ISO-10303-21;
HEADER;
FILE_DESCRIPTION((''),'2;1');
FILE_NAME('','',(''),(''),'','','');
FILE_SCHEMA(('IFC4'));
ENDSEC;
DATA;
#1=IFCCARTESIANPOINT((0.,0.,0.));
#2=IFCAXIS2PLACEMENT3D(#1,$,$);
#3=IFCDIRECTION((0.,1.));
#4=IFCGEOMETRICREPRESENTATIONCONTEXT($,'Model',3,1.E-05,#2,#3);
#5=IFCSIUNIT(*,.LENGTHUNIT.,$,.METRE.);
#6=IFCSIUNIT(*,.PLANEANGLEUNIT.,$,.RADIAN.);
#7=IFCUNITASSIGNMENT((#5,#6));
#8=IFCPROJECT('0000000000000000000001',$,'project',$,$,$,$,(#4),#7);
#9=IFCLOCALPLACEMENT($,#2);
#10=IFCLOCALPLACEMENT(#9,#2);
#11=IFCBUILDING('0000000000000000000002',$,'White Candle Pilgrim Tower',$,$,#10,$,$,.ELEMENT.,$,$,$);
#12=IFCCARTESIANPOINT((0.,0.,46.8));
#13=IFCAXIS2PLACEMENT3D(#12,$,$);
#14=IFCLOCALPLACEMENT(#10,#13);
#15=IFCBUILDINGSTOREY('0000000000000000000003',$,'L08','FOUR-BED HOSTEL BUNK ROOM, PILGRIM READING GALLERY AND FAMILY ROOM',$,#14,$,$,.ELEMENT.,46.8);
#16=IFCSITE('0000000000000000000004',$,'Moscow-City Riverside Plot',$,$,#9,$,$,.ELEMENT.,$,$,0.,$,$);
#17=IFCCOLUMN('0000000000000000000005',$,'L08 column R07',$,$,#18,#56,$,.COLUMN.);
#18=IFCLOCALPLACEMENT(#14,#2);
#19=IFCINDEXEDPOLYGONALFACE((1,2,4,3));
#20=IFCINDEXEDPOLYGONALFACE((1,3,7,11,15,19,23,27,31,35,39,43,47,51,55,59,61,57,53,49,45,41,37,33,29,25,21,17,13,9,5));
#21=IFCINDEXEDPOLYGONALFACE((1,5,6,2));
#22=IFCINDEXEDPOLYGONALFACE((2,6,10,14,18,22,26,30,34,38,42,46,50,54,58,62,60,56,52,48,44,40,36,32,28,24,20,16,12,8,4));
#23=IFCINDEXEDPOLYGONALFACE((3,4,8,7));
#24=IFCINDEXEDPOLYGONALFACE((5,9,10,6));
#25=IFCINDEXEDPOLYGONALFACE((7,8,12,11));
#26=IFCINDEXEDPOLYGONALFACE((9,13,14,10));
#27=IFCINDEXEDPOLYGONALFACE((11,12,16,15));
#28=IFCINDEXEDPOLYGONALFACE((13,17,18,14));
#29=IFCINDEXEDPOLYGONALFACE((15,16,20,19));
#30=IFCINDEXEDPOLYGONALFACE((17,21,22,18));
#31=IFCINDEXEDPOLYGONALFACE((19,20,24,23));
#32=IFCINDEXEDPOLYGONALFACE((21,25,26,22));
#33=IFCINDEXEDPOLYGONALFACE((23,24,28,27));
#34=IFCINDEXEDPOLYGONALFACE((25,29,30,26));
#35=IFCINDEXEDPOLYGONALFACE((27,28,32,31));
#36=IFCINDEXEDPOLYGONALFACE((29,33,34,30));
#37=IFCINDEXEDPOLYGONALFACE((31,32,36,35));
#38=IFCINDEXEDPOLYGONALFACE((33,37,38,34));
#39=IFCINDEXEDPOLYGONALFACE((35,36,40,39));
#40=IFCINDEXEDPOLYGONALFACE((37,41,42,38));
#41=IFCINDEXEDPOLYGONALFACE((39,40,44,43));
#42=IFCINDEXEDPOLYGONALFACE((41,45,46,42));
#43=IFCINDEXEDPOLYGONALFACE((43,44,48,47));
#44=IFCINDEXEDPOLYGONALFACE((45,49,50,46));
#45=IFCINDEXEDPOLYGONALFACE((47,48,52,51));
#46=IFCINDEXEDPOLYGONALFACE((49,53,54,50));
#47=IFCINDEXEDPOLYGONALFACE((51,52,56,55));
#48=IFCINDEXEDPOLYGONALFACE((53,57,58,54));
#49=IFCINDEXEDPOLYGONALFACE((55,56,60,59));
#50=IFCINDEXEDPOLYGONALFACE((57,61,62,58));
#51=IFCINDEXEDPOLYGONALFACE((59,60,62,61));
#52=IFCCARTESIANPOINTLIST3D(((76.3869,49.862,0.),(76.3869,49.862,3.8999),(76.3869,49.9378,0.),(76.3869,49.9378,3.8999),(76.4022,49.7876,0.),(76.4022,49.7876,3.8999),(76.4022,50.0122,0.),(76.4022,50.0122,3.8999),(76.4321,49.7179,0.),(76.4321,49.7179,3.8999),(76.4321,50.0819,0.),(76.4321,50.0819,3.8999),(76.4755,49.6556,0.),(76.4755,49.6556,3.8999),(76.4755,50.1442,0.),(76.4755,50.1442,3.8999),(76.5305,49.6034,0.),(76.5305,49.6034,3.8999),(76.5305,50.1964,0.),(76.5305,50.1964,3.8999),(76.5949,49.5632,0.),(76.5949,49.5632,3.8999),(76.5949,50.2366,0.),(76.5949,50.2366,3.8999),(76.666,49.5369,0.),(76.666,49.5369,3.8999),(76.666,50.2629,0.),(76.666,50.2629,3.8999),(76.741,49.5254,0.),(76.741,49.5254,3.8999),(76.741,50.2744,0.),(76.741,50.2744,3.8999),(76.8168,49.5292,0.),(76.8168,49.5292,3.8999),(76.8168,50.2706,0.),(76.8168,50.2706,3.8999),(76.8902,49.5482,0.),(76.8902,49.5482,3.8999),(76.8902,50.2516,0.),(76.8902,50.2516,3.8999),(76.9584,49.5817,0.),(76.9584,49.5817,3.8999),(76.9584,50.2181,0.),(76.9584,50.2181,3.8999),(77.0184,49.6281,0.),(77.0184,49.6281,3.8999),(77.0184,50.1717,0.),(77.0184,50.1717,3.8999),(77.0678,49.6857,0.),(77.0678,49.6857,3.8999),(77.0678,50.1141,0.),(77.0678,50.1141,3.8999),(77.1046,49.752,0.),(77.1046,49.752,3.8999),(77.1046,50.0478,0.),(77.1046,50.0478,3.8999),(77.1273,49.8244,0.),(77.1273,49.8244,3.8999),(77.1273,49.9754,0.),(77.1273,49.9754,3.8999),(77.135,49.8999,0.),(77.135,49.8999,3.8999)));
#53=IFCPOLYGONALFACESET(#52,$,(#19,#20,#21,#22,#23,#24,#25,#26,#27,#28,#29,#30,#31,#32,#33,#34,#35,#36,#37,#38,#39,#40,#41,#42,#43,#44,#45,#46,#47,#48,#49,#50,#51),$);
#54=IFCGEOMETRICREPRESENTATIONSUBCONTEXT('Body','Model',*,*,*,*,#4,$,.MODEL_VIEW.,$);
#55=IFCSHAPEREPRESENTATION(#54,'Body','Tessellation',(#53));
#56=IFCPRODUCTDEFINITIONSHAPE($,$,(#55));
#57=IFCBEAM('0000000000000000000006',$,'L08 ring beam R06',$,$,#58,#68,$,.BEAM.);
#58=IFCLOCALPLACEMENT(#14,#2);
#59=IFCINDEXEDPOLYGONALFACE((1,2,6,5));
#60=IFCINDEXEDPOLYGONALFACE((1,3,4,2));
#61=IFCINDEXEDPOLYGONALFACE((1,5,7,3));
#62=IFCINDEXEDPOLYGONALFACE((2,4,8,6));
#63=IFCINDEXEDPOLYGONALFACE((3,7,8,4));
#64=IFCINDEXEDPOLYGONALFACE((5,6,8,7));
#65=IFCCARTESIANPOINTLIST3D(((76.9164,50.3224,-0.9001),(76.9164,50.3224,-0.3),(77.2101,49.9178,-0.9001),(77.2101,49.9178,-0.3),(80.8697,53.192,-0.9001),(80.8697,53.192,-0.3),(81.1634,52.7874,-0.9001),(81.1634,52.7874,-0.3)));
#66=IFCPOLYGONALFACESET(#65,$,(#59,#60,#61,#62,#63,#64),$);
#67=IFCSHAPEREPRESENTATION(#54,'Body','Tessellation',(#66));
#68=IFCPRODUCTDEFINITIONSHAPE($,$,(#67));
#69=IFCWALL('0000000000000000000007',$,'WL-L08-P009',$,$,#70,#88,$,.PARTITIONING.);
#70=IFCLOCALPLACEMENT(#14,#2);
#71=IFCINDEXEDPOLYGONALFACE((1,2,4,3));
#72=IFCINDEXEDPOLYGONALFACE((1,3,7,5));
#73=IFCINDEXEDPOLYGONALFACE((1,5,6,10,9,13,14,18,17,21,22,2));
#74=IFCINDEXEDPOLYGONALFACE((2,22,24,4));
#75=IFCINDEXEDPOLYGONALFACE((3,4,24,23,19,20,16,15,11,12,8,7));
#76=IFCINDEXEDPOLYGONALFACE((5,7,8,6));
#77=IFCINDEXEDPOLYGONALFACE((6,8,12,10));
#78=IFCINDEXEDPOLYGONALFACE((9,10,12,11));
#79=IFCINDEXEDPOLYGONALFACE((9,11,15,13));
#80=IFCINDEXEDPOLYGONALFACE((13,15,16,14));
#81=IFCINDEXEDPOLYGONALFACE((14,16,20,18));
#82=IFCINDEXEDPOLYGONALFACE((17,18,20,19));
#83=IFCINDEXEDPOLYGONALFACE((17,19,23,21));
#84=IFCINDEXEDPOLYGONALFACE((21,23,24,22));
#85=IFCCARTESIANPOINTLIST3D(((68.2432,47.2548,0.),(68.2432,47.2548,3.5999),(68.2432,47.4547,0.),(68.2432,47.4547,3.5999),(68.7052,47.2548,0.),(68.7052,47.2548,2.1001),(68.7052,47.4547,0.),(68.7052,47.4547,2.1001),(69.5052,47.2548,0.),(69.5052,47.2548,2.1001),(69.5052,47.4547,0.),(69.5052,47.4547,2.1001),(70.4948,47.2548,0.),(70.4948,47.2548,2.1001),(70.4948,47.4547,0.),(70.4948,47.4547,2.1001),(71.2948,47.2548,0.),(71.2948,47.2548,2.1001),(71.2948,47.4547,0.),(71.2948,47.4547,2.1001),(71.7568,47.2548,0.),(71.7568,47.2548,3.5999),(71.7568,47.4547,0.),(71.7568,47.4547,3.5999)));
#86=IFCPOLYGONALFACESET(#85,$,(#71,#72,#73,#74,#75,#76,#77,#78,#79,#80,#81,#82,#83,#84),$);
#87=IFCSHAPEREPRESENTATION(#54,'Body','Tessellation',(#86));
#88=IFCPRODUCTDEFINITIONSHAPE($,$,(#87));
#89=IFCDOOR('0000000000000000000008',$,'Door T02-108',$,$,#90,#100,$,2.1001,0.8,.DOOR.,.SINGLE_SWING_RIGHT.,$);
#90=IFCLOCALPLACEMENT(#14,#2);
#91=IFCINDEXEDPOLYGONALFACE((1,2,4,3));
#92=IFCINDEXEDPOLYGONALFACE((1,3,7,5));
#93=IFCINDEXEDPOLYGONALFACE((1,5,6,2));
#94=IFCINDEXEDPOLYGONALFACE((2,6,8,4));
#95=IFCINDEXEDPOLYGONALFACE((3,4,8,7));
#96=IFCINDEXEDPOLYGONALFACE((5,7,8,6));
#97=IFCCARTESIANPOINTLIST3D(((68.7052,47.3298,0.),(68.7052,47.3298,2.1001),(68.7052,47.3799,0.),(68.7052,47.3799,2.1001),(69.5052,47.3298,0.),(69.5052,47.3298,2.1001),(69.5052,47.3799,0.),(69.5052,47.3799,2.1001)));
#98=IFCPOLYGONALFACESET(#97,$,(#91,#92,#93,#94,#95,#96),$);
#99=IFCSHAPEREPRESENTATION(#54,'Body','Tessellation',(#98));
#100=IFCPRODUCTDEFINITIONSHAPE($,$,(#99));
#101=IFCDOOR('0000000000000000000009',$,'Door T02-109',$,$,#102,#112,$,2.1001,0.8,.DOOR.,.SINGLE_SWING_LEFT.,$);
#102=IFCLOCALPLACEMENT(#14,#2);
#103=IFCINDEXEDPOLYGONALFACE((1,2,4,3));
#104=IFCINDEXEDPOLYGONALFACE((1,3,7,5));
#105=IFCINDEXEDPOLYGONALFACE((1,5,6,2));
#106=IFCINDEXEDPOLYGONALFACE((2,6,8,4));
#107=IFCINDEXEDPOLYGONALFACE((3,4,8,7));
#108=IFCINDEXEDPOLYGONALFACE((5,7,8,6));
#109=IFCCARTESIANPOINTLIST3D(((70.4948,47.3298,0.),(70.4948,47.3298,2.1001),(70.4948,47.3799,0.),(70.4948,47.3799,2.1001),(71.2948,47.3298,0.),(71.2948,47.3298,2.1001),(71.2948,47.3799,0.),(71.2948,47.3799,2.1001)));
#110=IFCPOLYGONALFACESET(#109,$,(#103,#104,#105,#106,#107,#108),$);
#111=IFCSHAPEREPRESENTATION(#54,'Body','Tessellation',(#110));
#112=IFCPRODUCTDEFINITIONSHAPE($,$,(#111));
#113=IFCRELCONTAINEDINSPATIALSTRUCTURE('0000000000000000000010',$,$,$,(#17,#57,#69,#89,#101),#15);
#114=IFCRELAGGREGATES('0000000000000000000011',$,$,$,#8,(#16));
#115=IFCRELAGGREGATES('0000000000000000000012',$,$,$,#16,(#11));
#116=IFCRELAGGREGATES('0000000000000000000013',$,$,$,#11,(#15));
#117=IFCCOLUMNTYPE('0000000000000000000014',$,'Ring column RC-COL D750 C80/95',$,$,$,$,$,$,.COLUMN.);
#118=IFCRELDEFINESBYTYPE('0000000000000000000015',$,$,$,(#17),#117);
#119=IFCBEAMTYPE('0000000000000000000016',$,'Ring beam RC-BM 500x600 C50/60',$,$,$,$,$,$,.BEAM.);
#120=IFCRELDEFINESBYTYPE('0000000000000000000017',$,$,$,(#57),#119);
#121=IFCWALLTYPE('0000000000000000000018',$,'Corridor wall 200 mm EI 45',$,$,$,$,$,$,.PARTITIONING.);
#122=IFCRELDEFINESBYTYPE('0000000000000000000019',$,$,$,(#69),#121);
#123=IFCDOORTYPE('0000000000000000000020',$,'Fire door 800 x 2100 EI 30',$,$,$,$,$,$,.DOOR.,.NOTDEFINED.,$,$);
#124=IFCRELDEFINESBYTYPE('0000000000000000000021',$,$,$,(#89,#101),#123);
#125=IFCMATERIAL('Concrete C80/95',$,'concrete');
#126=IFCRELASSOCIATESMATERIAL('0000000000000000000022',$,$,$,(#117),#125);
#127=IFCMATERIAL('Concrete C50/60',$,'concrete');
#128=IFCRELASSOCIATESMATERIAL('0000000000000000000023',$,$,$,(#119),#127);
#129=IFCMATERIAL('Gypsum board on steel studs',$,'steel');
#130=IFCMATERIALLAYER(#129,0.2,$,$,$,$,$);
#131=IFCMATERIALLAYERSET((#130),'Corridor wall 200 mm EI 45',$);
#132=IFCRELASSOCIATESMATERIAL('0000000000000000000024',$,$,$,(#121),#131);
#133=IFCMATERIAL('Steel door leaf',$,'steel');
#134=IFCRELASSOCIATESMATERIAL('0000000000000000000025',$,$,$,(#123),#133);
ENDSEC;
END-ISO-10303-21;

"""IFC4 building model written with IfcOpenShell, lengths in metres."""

from ifc_helpers import new_model, si_unit, direction, frame, frame_2d, origin, origin_2d, place, context, subcontext, project, spatial, rectangle, circle, extrude, material, layer, layer_set, material_profile, profile_set, type_object, element, fill, save


model = new_model("IFC4")

# Units and contexts
model_context = context("Model", 3, precision=1e-05, world=origin(), true_north=direction((0.0, 1.0)))
body_context = subcontext(model_context, "Body", "Model", "MODEL_VIEW")
ifc_project = project(units=[si_unit("LENGTHUNIT", "METRE"), si_unit("PLANEANGLEUNIT", "RADIAN")], contexts=[model_context])

# Site, building, storey
site_placement = place(None, origin())
site = spatial("IfcSite", under=ifc_project, at=site_placement, Name="Moscow-City Riverside Plot", CompositionType="ELEMENT", RefElevation=0.0)
building_placement = place(site_placement, origin())
building = spatial("IfcBuilding", under=site, at=building_placement, Name="White Candle Pilgrim Tower", CompositionType="ELEMENT")
storey_placement = place(building_placement, frame((0.0, 0.0, 46.8)))
storey = spatial("IfcBuildingStorey", under=building, at=storey_placement, Name="L08", Description="FOUR-BED HOSTEL BUNK ROOM, PILGRIM READING GALLERY AND FAMILY ROOM", CompositionType="ELEMENT", Elevation=46.8)

# Column
ifc_material_1 = material(Name="Concrete C80/95", Category="concrete")
ifc_material_profile_1 = material_profile(ifc_material_1, circle(Radius=0.375, at=origin_2d()), Name="RC-COL D750")
ifc_profile_set_1 = profile_set([ifc_material_profile_1], Name="Concrete C80/95")
column_type = type_object("IfcColumnType", Name="Ring column RC-COL D750 C80/95", PredefinedType="COLUMN", material=ifc_profile_set_1)
column_placement = place(storey_placement, frame((76.76, 49.8999, 0.0), z_axis=(0.0, 0.0, 1.0), x_axis=(1.0, 0.0, 0.0)))
element("IfcColumn", 1, at=column_placement, inside=storey, type_object=column_type, Name="L08 column R07", PredefinedType="COLUMN", context=body_context, shape_type="SweptSolid", body=[
    extrude(circle(Radius=0.375, at=origin_2d()), origin(), (0.0, 0.0, 1.0), 3.8999),
])

# Beam
ifc_material_2 = material(Name="Concrete C50/60", Category="concrete")
ifc_material_profile_2 = material_profile(ifc_material_2, rectangle(XDim=0.5, YDim=0.6001, at=origin_2d()), Name="RC-BM 500x600")
ifc_profile_set_2 = profile_set([ifc_material_profile_2], Name="Concrete C50/60")
beam_type = type_object("IfcBeamType", Name="Ring beam RC-BM 500x600 C50/60", PredefinedType="BEAM", material=ifc_profile_set_2)
beam_placement = place(storey_placement, frame((77.0632, 50.1201, -0.6001), z_axis=(0.809276, 0.587429, 0.0), x_axis=(-0.587429, 0.809276, 0.0)))
element("IfcBeam", 2, at=beam_placement, inside=storey, type_object=beam_type, Name="L08 ring beam R06", PredefinedType="BEAM", context=body_context, shape_type="SweptSolid", body=[
    extrude(rectangle(XDim=0.5, YDim=0.6001, at=origin_2d()), origin(), (0.0, 0.0, 1.0), 4.885),
])

# Wall, openings, doors
ifc_material_3 = material(Name="Gypsum board on steel studs", Category="steel")
ifc_layer_1 = layer(ifc_material_3, 0.2)
ifc_layer_set_1 = layer_set([ifc_layer_1], Name="Corridor wall 200 mm EI 45")
wall_type_1 = type_object("IfcWallType", Name="Corridor wall 200 mm EI 45", PredefinedType="PARTITIONING", material=ifc_layer_set_1)
wall_1_placement = place(storey_placement, frame((71.7568, 47.3547, 0.0), z_axis=(0.0, 0.0, 1.0), x_axis=(-1.0, 0.0, 0.0)))
wall_1 = element("IfcWall", 3, at=wall_1_placement, inside=storey, type_object=wall_type_1, Name="WL-L08-P009", PredefinedType="PARTITIONING", context=body_context, shape_type="SweptSolid", body=[
    extrude(rectangle(XDim=3.5137, YDim=0.2, at=frame_2d((1.7568, 0.0))), origin(), (0.0, 0.0, 1.0), 3.5999),
])
opening_1_placement = place(wall_1_placement, frame((2.2517, 0.0, 0.0)))
opening_1 = element("IfcOpeningElement", 4, at=opening_1_placement, cuts=wall_1, PredefinedType="OPENING", context=body_context, shape_type="SweptSolid", body=[
    extrude(rectangle(XDim=0.8, YDim=2.1001, at=frame_2d((0.3999, 1.05))), frame((0.0, 0.1099, 0.0), z_axis=(0.0, -1.0, 0.0), x_axis=(1.0, 0.0, 0.0)), (0.0, 0.0, 1.0), 0.22),
])
opening_2_placement = place(wall_1_placement, frame((0.4622, 0.0, 0.0)))
opening_2 = element("IfcOpeningElement", 5, at=opening_2_placement, cuts=wall_1, PredefinedType="OPENING", context=body_context, shape_type="SweptSolid", body=[
    extrude(rectangle(XDim=0.8, YDim=2.1001, at=frame_2d((0.3999, 1.05))), frame((0.0, 0.1099, 0.0), z_axis=(0.0, -1.0, 0.0), x_axis=(1.0, 0.0, 0.0)), (0.0, 0.0, 1.0), 0.22),
])
ifc_material_4 = material(Name="Steel door leaf", Category="steel")
door_type_1 = type_object("IfcDoorType", Name="Fire door 800 x 2100 EI 30", OperationType="NOTDEFINED", PredefinedType="DOOR", material=ifc_material_4)
door_1_placement = place(opening_1_placement, origin())
door_1 = element("IfcDoor", 6, at=door_1_placement, inside=storey, type_object=door_type_1, Name="Door T02-108", OperationType="SINGLE_SWING_RIGHT", OverallHeight=2.1001, OverallWidth=0.8, PredefinedType="DOOR", context=body_context, shape_type="SweptSolid", body=[
    extrude(rectangle(XDim=0.8, YDim=2.1001, at=frame_2d((0.3999, 1.05))), frame((0.0, 0.0249, 0.0), z_axis=(0.0, -1.0, 0.0), x_axis=(1.0, 0.0, 0.0)), (0.0, 0.0, 1.0), 0.05),
])
fill(opening_1, door_1)
door_2_placement = place(opening_2_placement, origin())
door_2 = element("IfcDoor", 7, at=door_2_placement, inside=storey, type_object=door_type_1, Name="Door T02-109", OperationType="SINGLE_SWING_LEFT", OverallHeight=2.1001, OverallWidth=0.8, PredefinedType="DOOR", context=body_context, shape_type="SweptSolid", body=[
    extrude(rectangle(XDim=0.8, YDim=2.1001, at=frame_2d((0.3999, 1.05))), frame((0.0, 0.0249, 0.0), z_axis=(0.0, -1.0, 0.0), x_axis=(1.0, 0.0, 0.0)), (0.0, 0.0, 1.0), 0.05),
])
fill(opening_2, door_2)

save(model, "model.ifc")
